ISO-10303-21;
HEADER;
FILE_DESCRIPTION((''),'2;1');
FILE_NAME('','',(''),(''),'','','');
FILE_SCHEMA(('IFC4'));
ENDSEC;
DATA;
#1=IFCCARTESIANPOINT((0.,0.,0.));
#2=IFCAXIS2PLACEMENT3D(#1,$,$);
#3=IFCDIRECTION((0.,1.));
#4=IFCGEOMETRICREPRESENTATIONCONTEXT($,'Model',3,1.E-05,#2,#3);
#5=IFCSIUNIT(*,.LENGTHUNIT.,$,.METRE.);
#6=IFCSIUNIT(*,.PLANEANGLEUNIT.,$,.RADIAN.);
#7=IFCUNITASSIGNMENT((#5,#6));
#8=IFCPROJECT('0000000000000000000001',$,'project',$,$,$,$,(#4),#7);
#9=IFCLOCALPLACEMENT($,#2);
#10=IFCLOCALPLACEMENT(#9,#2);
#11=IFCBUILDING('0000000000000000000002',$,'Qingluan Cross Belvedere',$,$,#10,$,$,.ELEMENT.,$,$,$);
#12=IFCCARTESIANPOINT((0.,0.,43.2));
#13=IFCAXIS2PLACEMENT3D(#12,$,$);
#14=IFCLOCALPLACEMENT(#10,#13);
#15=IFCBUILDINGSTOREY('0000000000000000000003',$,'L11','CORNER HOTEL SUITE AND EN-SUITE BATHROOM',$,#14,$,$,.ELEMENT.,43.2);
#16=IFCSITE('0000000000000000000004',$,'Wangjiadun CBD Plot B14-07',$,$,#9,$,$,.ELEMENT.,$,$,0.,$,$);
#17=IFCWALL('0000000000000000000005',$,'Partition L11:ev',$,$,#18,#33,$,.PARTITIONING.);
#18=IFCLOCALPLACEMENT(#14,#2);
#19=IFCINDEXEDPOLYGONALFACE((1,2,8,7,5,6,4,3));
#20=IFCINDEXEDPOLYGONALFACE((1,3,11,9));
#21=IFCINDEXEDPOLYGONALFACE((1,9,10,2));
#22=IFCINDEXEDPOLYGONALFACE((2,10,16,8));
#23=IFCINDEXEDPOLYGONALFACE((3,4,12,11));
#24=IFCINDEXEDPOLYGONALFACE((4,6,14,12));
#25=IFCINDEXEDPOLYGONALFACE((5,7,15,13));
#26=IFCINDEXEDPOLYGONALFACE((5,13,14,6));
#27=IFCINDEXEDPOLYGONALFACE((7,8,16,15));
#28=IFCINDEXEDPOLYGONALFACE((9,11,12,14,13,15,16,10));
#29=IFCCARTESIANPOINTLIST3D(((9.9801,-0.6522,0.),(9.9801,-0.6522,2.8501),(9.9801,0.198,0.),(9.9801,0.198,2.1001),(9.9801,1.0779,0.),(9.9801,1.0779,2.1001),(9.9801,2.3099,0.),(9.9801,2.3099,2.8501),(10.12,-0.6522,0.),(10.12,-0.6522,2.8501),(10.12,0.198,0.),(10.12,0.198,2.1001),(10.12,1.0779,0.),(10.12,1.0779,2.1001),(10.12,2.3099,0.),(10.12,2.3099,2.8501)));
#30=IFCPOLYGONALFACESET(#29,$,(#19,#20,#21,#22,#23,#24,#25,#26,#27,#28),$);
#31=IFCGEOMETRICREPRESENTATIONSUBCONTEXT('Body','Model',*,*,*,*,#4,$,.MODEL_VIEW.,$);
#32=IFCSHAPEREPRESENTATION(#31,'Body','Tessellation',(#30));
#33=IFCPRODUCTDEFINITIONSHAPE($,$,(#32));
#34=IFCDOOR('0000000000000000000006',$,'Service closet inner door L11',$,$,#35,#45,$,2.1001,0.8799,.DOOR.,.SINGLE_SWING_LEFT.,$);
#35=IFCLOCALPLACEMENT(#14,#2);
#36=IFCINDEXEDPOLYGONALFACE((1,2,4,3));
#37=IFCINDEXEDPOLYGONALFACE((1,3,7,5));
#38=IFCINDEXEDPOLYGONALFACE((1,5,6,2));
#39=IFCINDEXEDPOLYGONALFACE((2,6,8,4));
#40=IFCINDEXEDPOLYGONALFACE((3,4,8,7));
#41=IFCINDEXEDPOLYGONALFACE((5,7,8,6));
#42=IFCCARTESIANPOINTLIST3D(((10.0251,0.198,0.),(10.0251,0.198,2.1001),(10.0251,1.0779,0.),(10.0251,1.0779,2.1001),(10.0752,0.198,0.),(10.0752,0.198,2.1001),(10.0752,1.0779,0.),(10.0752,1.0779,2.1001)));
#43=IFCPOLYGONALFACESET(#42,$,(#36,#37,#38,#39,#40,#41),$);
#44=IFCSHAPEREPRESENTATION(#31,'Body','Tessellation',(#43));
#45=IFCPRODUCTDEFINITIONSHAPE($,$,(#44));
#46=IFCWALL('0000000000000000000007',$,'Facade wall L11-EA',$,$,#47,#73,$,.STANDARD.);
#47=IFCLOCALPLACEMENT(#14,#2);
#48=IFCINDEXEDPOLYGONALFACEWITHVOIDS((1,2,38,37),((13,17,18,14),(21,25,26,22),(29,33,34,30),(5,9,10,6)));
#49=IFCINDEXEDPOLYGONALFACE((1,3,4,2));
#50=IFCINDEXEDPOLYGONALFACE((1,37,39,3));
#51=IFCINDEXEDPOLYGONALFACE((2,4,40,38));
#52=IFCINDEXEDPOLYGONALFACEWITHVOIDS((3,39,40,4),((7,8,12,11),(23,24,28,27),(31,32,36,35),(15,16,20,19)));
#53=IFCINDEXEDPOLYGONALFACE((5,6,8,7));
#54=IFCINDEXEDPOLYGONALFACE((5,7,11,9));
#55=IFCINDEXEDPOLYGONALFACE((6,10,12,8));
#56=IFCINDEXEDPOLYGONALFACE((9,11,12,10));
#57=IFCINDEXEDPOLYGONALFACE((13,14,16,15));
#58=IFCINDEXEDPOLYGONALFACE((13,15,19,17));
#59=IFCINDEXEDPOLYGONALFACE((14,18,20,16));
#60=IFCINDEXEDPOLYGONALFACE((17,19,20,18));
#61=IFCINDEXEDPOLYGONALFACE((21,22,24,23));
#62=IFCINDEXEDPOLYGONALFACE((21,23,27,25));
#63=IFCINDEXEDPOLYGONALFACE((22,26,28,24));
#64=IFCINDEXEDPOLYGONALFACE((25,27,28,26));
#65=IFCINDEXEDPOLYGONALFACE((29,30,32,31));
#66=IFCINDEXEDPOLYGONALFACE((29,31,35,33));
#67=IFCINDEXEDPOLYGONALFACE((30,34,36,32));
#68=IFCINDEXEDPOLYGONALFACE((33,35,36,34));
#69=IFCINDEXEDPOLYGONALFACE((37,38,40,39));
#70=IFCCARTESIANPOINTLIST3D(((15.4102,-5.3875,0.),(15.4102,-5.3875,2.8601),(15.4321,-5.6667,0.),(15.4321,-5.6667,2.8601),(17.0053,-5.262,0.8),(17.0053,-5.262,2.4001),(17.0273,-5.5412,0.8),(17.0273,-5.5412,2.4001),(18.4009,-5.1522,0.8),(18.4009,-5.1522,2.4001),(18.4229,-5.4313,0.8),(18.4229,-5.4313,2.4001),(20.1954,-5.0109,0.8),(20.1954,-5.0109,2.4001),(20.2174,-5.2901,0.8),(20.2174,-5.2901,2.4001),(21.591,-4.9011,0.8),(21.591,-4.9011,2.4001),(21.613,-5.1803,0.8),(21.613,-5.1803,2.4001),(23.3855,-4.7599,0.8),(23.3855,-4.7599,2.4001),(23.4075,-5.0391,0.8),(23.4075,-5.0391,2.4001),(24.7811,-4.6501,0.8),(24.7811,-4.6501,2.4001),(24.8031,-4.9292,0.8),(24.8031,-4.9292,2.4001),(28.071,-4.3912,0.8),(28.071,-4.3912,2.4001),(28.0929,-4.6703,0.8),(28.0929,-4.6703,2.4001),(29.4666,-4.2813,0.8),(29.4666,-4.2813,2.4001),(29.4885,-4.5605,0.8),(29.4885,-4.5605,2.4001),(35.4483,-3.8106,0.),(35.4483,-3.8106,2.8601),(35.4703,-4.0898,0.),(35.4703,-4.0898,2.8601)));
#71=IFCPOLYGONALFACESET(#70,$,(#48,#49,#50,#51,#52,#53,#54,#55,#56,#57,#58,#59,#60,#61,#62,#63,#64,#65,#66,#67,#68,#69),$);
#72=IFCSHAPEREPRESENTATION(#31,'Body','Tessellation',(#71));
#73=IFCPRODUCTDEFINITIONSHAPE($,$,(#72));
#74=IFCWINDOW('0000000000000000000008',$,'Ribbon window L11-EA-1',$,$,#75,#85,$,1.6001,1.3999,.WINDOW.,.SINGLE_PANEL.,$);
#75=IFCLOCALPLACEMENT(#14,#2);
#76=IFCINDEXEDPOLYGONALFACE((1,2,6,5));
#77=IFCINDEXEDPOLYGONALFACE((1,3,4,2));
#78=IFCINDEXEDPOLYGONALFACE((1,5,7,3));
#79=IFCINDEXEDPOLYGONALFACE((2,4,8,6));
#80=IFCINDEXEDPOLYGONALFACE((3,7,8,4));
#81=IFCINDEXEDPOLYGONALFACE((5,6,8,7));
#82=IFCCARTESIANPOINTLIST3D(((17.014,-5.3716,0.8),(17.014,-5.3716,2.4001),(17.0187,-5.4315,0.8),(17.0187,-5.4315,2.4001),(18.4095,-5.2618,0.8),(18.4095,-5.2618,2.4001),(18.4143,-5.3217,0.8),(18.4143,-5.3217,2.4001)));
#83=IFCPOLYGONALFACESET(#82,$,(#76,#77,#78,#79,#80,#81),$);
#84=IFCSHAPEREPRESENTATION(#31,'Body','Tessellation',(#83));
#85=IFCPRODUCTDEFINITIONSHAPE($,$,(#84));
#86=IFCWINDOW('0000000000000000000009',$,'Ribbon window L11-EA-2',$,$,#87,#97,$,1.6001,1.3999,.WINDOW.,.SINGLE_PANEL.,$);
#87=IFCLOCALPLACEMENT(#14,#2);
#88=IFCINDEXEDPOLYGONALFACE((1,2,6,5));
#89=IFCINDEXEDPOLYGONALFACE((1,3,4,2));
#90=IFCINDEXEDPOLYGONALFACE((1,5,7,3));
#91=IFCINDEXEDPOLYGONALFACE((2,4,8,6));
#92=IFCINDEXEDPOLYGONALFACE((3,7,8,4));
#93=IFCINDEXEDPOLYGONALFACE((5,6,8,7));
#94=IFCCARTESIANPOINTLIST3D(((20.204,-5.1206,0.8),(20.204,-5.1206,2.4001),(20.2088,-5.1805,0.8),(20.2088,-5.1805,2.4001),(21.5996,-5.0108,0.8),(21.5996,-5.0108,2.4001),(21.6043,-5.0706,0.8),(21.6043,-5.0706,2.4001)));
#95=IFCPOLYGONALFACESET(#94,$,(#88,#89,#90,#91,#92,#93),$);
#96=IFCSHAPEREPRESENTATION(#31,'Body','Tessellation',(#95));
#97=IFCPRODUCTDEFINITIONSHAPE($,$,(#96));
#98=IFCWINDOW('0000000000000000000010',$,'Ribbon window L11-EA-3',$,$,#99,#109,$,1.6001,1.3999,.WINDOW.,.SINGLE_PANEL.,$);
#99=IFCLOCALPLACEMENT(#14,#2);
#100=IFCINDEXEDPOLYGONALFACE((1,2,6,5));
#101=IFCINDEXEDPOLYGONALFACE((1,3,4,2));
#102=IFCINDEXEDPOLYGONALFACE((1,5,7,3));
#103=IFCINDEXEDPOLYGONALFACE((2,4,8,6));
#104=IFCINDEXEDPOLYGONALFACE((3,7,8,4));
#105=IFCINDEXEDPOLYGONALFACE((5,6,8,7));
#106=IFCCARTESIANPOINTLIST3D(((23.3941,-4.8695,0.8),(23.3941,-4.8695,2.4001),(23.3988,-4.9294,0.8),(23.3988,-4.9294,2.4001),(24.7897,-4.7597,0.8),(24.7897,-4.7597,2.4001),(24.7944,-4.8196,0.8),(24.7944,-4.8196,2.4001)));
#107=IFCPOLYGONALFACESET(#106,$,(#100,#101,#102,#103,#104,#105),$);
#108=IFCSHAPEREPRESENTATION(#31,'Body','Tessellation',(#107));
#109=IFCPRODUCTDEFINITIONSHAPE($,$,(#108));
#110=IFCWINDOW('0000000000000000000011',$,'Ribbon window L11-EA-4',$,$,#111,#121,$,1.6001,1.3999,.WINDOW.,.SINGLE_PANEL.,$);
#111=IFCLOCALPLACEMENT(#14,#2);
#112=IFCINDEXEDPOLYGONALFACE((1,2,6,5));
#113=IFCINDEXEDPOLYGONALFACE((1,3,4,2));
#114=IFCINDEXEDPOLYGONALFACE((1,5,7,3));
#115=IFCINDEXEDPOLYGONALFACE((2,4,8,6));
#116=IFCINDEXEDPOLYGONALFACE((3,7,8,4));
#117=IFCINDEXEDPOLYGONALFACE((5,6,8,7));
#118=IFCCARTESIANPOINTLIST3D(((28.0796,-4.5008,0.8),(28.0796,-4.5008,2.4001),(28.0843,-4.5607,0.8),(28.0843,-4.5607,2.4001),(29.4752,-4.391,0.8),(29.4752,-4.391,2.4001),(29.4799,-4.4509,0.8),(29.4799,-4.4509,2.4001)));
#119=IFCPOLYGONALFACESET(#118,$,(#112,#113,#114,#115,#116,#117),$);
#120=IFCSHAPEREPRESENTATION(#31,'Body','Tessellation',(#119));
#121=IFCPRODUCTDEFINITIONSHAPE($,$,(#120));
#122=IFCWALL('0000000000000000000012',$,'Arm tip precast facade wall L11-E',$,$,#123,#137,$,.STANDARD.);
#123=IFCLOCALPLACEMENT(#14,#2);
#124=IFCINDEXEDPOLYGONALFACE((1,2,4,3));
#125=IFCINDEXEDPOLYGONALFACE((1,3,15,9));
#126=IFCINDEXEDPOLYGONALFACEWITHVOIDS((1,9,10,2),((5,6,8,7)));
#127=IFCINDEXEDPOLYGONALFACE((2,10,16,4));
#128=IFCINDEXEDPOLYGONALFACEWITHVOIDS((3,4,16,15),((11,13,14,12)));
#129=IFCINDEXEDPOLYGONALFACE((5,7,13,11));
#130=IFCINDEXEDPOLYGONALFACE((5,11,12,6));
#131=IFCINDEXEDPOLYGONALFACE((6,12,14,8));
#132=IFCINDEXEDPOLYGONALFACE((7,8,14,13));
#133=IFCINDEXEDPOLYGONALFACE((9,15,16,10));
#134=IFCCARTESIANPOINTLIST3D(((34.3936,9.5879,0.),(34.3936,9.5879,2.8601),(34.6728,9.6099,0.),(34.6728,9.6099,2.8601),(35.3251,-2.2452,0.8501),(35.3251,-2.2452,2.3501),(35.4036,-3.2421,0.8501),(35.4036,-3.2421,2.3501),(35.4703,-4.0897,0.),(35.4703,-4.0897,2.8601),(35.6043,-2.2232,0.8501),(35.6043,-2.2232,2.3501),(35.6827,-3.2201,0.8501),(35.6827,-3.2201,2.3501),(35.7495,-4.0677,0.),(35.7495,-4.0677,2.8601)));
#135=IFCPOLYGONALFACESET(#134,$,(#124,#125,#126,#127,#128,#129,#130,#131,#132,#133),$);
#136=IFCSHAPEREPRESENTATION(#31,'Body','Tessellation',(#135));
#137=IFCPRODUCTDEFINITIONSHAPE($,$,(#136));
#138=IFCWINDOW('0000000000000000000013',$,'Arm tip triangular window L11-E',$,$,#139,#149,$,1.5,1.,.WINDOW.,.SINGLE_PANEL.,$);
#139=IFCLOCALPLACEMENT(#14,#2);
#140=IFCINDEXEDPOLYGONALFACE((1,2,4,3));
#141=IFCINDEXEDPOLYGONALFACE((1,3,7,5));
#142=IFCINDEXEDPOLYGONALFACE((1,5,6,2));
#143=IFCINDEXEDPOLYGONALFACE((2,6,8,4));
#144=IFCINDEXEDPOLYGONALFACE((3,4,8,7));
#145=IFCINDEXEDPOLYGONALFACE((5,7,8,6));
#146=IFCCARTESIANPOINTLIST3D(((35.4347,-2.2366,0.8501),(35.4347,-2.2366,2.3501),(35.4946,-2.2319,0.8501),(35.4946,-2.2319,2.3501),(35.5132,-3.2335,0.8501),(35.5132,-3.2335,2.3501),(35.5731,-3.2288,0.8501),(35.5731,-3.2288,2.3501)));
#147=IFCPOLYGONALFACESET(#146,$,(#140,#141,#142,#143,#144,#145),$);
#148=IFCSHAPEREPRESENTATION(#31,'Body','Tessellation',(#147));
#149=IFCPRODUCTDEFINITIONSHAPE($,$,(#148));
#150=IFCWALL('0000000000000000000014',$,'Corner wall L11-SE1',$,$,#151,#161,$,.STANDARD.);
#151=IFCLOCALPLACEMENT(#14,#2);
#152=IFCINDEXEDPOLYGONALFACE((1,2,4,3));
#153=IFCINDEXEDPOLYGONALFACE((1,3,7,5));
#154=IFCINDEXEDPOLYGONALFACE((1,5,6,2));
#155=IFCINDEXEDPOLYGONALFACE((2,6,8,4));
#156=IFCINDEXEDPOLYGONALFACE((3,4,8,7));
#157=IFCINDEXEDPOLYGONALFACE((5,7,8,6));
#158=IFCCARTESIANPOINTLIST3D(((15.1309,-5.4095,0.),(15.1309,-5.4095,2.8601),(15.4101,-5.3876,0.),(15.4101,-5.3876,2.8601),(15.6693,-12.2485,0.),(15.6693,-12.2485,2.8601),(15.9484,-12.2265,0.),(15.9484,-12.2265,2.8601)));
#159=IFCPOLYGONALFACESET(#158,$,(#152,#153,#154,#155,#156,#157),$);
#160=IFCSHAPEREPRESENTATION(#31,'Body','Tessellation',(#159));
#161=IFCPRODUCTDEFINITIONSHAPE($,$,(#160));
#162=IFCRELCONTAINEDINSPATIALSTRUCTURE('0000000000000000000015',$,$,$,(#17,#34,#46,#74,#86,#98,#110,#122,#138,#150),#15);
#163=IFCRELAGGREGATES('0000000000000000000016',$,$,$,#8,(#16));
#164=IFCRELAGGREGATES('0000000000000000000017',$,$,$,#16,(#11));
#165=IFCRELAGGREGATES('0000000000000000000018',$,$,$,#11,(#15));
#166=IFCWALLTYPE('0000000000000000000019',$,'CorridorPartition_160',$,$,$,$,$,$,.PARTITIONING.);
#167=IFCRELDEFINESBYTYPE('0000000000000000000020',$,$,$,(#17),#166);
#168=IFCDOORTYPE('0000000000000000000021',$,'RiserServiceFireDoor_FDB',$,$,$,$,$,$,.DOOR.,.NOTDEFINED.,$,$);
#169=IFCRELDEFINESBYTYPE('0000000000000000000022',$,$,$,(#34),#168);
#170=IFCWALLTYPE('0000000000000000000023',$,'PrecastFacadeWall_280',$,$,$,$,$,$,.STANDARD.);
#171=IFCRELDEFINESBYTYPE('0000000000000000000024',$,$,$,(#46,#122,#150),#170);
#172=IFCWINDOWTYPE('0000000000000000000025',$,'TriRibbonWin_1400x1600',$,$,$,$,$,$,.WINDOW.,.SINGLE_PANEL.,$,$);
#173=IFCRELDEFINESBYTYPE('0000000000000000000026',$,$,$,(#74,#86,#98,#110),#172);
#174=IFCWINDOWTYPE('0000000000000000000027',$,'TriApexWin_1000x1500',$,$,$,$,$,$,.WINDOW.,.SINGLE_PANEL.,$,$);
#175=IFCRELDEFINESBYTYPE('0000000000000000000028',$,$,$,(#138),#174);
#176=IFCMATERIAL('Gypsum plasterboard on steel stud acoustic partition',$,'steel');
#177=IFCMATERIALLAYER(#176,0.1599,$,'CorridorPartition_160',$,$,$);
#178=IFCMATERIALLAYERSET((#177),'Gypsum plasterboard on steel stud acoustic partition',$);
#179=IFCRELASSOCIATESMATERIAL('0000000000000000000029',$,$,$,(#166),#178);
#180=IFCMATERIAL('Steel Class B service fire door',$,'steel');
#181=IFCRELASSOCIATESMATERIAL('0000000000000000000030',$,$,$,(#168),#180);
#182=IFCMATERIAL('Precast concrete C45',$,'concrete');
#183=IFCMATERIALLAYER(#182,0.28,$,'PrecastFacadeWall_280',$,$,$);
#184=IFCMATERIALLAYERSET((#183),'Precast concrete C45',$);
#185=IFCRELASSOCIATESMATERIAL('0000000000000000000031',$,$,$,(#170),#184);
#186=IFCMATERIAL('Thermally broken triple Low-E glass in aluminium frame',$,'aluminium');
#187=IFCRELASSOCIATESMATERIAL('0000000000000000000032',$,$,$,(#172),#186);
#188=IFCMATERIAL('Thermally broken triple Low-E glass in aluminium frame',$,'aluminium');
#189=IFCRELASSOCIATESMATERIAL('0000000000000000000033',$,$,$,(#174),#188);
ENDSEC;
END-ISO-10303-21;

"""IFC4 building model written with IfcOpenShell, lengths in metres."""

from ifc_helpers import new_model, si_unit, direction, frame, frame_2d, origin, place, context, subcontext, project, spatial, rectangle, extrude, material, layer, layer_set, type_object, element, fill, save


model = new_model("IFC4")

# Units and contexts
model_context = context("Model", 3, precision=1e-05, world=origin(), true_north=direction((0.0, 1.0)))
body_context = subcontext(model_context, "Body", "Model", "MODEL_VIEW")
ifc_project = project(units=[si_unit("LENGTHUNIT", "METRE"), si_unit("PLANEANGLEUNIT", "RADIAN")], contexts=[model_context])

# Site, building, storey
site_placement = place(None, origin())
site = spatial("IfcSite", under=ifc_project, at=site_placement, Name="Wangjiadun CBD Plot B14-07", CompositionType="ELEMENT", RefElevation=0.0)
building_placement = place(site_placement, origin())
building = spatial("IfcBuilding", under=site, at=building_placement, Name="Qingluan Cross Belvedere", CompositionType="ELEMENT")
storey_placement = place(building_placement, frame((0.0, 0.0, 43.2)))
storey = spatial("IfcBuildingStorey", under=building, at=storey_placement, Name="L11", Description="CORNER HOTEL SUITE AND EN-SUITE BATHROOM", CompositionType="ELEMENT", Elevation=43.2)

# Wall, opening, door
ifc_material_1 = material(Name="Gypsum plasterboard on steel stud acoustic partition", Category="steel")
ifc_layer_1 = layer(ifc_material_1, 0.1599, Name="CorridorPartition_160")
ifc_layer_set_1 = layer_set([ifc_layer_1], Name="Gypsum plasterboard on steel stud acoustic partition")
wall_type_1 = type_object("IfcWallType", Name="CorridorPartition_160", PredefinedType="PARTITIONING", material=ifc_layer_set_1)
wall_1_placement = place(storey_placement, frame((10.05, -0.6521, 0.0), z_axis=(0.0, 0.0, 1.0), x_axis=(0.0, 1.0, 0.0)))
wall_1 = element("IfcWall", 1, at=wall_1_placement, inside=storey, type_object=wall_type_1, Name="Partition L11:ev", PredefinedType="PARTITIONING", context=body_context, shape_type="SweptSolid", body=[
    extrude(rectangle(XDim=2.9622, YDim=0.1399, at=frame_2d((1.481, 0.0))), origin(), (0.0, 0.0, 1.0), 2.8501),
])
opening_1_placement = place(wall_1_placement, frame((0.8501, 0.0, 0.0)))
opening_1 = element("IfcOpeningElement", 2, at=opening_1_placement, cuts=wall_1, PredefinedType="OPENING", context=body_context, shape_type="SweptSolid", body=[
    extrude(rectangle(XDim=0.8799, YDim=2.1001, at=frame_2d((0.4399, 1.05))), frame((0.0, 0.0798, 0.0), z_axis=(0.0, -1.0, 0.0), x_axis=(1.0, 0.0, 0.0)), (0.0, 0.0, 1.0), 0.1599),
])
ifc_material_2 = material(Name="Steel Class B service fire door", Category="steel")
door_type = type_object("IfcDoorType", Name="RiserServiceFireDoor_FDB", OperationType="NOTDEFINED", PredefinedType="DOOR", material=ifc_material_2)
door_placement = place(opening_1_placement, origin())
door = element("IfcDoor", 3, at=door_placement, inside=storey, type_object=door_type, Name="Service closet inner door L11", OperationType="SINGLE_SWING_LEFT", OverallHeight=2.1001, OverallWidth=0.8799, PredefinedType="DOOR", context=body_context, shape_type="SweptSolid", body=[
    extrude(rectangle(XDim=0.8799, YDim=2.1001, at=frame_2d((0.4399, 1.05))), frame((0.0, 0.0249, 0.0), z_axis=(0.0, -1.0, 0.0), x_axis=(1.0, 0.0, 0.0)), (0.0, 0.0, 1.0), 0.05),
])
fill(opening_1, door)

# Wall, openings, windows
ifc_material_3 = material(Name="Precast concrete C45", Category="concrete")
ifc_layer_2 = layer(ifc_material_3, 0.28, Name="PrecastFacadeWall_280")
ifc_layer_set_2 = layer_set([ifc_layer_2], Name="Precast concrete C45")
wall_type_2 = type_object("IfcWallType", Name="PrecastFacadeWall_280", PredefinedType="STANDARD", material=ifc_layer_set_2)
wall_2_placement = place(storey_placement, frame((15.4211, -5.5271, 0.0), z_axis=(0.0, 0.0, 1.0), x_axis=(0.996918, 0.078453, 0.0)))
wall_2 = element("IfcWall", 4, at=wall_2_placement, inside=storey, type_object=wall_type_2, Name="Facade wall L11-EA", PredefinedType="STANDARD", context=body_context, shape_type="SweptSolid", body=[
    extrude(rectangle(XDim=20.1001, YDim=0.28, at=frame_2d((10.05, 0.0))), origin(), (0.0, 0.0, 1.0), 2.8601),
])
opening_2_placement = place(wall_2_placement, frame((1.6001, 0.0, 0.8)))
opening_2 = element("IfcOpeningElement", 5, at=opening_2_placement, cuts=wall_2, PredefinedType="OPENING", context=body_context, shape_type="SweptSolid", body=[
    extrude(rectangle(XDim=1.3999, YDim=1.6001, at=frame_2d((0.7, 0.8))), frame((0.0, 0.1499, 0.0), z_axis=(0.0, -1.0, 0.0), x_axis=(1.0, 0.0, 0.0)), (0.0, 0.0, 1.0), 0.3),
])
opening_3_placement = place(wall_2_placement, frame((4.8, 0.0, 0.8)))
opening_3 = element("IfcOpeningElement", 6, at=opening_3_placement, cuts=wall_2, PredefinedType="OPENING", context=body_context, shape_type="SweptSolid", body=[
    extrude(rectangle(XDim=1.3999, YDim=1.6001, at=frame_2d((0.7, 0.8))), frame((0.0, 0.1499, 0.0), z_axis=(0.0, -1.0, 0.0), x_axis=(1.0, 0.0, 0.0)), (0.0, 0.0, 1.0), 0.3),
])
opening_4_placement = place(wall_2_placement, frame((8.0, 0.0, 0.8)))
opening_4 = element("IfcOpeningElement", 7, at=opening_4_placement, cuts=wall_2, PredefinedType="OPENING", context=body_context, shape_type="SweptSolid", body=[
    extrude(rectangle(XDim=1.3999, YDim=1.6001, at=frame_2d((0.7, 0.8))), frame((0.0, 0.1499, 0.0), z_axis=(0.0, -1.0, 0.0), x_axis=(1.0, 0.0, 0.0)), (0.0, 0.0, 1.0), 0.3),
])
opening_5_placement = place(wall_2_placement, frame((12.7, 0.0, 0.8)))
opening_5 = element("IfcOpeningElement", 8, at=opening_5_placement, cuts=wall_2, PredefinedType="OPENING", context=body_context, shape_type="SweptSolid", body=[
    extrude(rectangle(XDim=1.3999, YDim=1.6001, at=frame_2d((0.7, 0.8))), frame((0.0, 0.1499, 0.0), z_axis=(0.0, -1.0, 0.0), x_axis=(1.0, 0.0, 0.0)), (0.0, 0.0, 1.0), 0.3),
])
ifc_material_4 = material(Name="Thermally broken triple Low-E glass in aluminium frame", Category="aluminium")
window_type_1 = type_object("IfcWindowType", Name="TriRibbonWin_1400x1600", PartitioningType="SINGLE_PANEL", PredefinedType="WINDOW", material=ifc_material_4)
window_1_placement = place(opening_2_placement, origin())
window_1 = element("IfcWindow", 9, at=window_1_placement, inside=storey, type_object=window_type_1, Name="Ribbon window L11-EA-1", OverallHeight=1.6001, OverallWidth=1.3999, PartitioningType="SINGLE_PANEL", PredefinedType="WINDOW", context=body_context, shape_type="SweptSolid", body=[
    extrude(rectangle(XDim=1.3999, YDim=1.6001, at=frame_2d((0.7, 0.8))), frame((0.0, 0.03, 0.0), z_axis=(0.0, -1.0, 0.0), x_axis=(1.0, 0.0, 0.0)), (0.0, 0.0, 1.0), 0.0601),
])
fill(opening_2, window_1)
window_2_placement = place(opening_3_placement, origin())
window_2 = element("IfcWindow", 10, at=window_2_placement, inside=storey, type_object=window_type_1, Name="Ribbon window L11-EA-2", OverallHeight=1.6001, OverallWidth=1.3999, PartitioningType="SINGLE_PANEL", PredefinedType="WINDOW", context=body_context, shape_type="SweptSolid", body=[
    extrude(rectangle(XDim=1.3999, YDim=1.6001, at=frame_2d((0.7, 0.8))), frame((0.0, 0.03, 0.0), z_axis=(0.0, -1.0, 0.0), x_axis=(1.0, 0.0, 0.0)), (0.0, 0.0, 1.0), 0.0601),
])
fill(opening_3, window_2)
window_3_placement = place(opening_4_placement, origin())
window_3 = element("IfcWindow", 11, at=window_3_placement, inside=storey, type_object=window_type_1, Name="Ribbon window L11-EA-3", OverallHeight=1.6001, OverallWidth=1.3999, PartitioningType="SINGLE_PANEL", PredefinedType="WINDOW", context=body_context, shape_type="SweptSolid", body=[
    extrude(rectangle(XDim=1.3999, YDim=1.6001, at=frame_2d((0.7, 0.8))), frame((0.0, 0.03, 0.0), z_axis=(0.0, -1.0, 0.0), x_axis=(1.0, 0.0, 0.0)), (0.0, 0.0, 1.0), 0.0601),
])
fill(opening_4, window_3)
window_4_placement = place(opening_5_placement, origin())
window_4 = element("IfcWindow", 12, at=window_4_placement, inside=storey, type_object=window_type_1, Name="Ribbon window L11-EA-4", OverallHeight=1.6001, OverallWidth=1.3999, PartitioningType="SINGLE_PANEL", PredefinedType="WINDOW", context=body_context, shape_type="SweptSolid", body=[
    extrude(rectangle(XDim=1.3999, YDim=1.6001, at=frame_2d((0.7, 0.8))), frame((0.0, 0.03, 0.0), z_axis=(0.0, -1.0, 0.0), x_axis=(1.0, 0.0, 0.0)), (0.0, 0.0, 1.0), 0.0601),
])
fill(opening_5, window_4)

# Wall, opening, window
wall_3_placement = place(storey_placement, frame((35.6099, -4.0786, 0.0), z_axis=(0.0, 0.0, 1.0), x_axis=(-0.078474, 0.996916, 0.0)))
wall_3 = element("IfcWall", 13, at=wall_3_placement, inside=storey, type_object=wall_type_2, Name="Arm tip precast facade wall L11-E", PredefinedType="STANDARD", context=body_context, shape_type="SweptSolid", body=[
    extrude(rectangle(XDim=13.72, YDim=0.28, at=frame_2d((6.8599, 0.0))), origin(), (0.0, 0.0, 1.0), 2.8601),
])
opening_6_placement = place(wall_3_placement, frame((0.8501, 0.0, 0.8501)))
opening_6 = element("IfcOpeningElement", 14, at=opening_6_placement, cuts=wall_3, PredefinedType="OPENING", context=body_context, shape_type="SweptSolid", body=[
    extrude(rectangle(XDim=1.0, YDim=1.5, at=frame_2d((0.5, 0.75))), frame((0.0, 0.1499, 0.0), z_axis=(0.0, -1.0, 0.0), x_axis=(1.0, 0.0, 0.0)), (0.0, 0.0, 1.0), 0.3),
])
ifc_material_5 = material(Name="Thermally broken triple Low-E glass in aluminium frame", Category="aluminium")
window_type_2 = type_object("IfcWindowType", Name="TriApexWin_1000x1500", PartitioningType="SINGLE_PANEL", PredefinedType="WINDOW", material=ifc_material_5)
window_5_placement = place(opening_6_placement, origin())
window_5 = element("IfcWindow", 15, at=window_5_placement, inside=storey, type_object=window_type_2, Name="Arm tip triangular window L11-E", OverallHeight=1.5, OverallWidth=1.0, PartitioningType="SINGLE_PANEL", PredefinedType="WINDOW", context=body_context, shape_type="SweptSolid", body=[
    extrude(rectangle(XDim=1.0, YDim=1.5, at=frame_2d((0.5, 0.75))), frame((0.0, 0.03, 0.0), z_axis=(0.0, -1.0, 0.0), x_axis=(1.0, 0.0, 0.0)), (0.0, 0.0, 1.0), 0.0601),
])
fill(opening_6, window_5)

# Wall
wall_4_placement = place(storey_placement, frame((15.2705, -5.3984, 0.0), z_axis=(0.0, 0.0, 1.0), x_axis=(0.078474, -0.996916, 0.0)))
element("IfcWall", 16, at=wall_4_placement, inside=storey, type_object=wall_type_2, Name="Corner wall L11-SE1", PredefinedType="STANDARD", context=body_context, shape_type="SweptSolid", body=[
    extrude(rectangle(XDim=6.8601, YDim=0.28, at=frame_2d((3.4302, 0.0))), origin(), (0.0, 0.0, 1.0), 2.8601),
])

save(model, "model.ifc")
